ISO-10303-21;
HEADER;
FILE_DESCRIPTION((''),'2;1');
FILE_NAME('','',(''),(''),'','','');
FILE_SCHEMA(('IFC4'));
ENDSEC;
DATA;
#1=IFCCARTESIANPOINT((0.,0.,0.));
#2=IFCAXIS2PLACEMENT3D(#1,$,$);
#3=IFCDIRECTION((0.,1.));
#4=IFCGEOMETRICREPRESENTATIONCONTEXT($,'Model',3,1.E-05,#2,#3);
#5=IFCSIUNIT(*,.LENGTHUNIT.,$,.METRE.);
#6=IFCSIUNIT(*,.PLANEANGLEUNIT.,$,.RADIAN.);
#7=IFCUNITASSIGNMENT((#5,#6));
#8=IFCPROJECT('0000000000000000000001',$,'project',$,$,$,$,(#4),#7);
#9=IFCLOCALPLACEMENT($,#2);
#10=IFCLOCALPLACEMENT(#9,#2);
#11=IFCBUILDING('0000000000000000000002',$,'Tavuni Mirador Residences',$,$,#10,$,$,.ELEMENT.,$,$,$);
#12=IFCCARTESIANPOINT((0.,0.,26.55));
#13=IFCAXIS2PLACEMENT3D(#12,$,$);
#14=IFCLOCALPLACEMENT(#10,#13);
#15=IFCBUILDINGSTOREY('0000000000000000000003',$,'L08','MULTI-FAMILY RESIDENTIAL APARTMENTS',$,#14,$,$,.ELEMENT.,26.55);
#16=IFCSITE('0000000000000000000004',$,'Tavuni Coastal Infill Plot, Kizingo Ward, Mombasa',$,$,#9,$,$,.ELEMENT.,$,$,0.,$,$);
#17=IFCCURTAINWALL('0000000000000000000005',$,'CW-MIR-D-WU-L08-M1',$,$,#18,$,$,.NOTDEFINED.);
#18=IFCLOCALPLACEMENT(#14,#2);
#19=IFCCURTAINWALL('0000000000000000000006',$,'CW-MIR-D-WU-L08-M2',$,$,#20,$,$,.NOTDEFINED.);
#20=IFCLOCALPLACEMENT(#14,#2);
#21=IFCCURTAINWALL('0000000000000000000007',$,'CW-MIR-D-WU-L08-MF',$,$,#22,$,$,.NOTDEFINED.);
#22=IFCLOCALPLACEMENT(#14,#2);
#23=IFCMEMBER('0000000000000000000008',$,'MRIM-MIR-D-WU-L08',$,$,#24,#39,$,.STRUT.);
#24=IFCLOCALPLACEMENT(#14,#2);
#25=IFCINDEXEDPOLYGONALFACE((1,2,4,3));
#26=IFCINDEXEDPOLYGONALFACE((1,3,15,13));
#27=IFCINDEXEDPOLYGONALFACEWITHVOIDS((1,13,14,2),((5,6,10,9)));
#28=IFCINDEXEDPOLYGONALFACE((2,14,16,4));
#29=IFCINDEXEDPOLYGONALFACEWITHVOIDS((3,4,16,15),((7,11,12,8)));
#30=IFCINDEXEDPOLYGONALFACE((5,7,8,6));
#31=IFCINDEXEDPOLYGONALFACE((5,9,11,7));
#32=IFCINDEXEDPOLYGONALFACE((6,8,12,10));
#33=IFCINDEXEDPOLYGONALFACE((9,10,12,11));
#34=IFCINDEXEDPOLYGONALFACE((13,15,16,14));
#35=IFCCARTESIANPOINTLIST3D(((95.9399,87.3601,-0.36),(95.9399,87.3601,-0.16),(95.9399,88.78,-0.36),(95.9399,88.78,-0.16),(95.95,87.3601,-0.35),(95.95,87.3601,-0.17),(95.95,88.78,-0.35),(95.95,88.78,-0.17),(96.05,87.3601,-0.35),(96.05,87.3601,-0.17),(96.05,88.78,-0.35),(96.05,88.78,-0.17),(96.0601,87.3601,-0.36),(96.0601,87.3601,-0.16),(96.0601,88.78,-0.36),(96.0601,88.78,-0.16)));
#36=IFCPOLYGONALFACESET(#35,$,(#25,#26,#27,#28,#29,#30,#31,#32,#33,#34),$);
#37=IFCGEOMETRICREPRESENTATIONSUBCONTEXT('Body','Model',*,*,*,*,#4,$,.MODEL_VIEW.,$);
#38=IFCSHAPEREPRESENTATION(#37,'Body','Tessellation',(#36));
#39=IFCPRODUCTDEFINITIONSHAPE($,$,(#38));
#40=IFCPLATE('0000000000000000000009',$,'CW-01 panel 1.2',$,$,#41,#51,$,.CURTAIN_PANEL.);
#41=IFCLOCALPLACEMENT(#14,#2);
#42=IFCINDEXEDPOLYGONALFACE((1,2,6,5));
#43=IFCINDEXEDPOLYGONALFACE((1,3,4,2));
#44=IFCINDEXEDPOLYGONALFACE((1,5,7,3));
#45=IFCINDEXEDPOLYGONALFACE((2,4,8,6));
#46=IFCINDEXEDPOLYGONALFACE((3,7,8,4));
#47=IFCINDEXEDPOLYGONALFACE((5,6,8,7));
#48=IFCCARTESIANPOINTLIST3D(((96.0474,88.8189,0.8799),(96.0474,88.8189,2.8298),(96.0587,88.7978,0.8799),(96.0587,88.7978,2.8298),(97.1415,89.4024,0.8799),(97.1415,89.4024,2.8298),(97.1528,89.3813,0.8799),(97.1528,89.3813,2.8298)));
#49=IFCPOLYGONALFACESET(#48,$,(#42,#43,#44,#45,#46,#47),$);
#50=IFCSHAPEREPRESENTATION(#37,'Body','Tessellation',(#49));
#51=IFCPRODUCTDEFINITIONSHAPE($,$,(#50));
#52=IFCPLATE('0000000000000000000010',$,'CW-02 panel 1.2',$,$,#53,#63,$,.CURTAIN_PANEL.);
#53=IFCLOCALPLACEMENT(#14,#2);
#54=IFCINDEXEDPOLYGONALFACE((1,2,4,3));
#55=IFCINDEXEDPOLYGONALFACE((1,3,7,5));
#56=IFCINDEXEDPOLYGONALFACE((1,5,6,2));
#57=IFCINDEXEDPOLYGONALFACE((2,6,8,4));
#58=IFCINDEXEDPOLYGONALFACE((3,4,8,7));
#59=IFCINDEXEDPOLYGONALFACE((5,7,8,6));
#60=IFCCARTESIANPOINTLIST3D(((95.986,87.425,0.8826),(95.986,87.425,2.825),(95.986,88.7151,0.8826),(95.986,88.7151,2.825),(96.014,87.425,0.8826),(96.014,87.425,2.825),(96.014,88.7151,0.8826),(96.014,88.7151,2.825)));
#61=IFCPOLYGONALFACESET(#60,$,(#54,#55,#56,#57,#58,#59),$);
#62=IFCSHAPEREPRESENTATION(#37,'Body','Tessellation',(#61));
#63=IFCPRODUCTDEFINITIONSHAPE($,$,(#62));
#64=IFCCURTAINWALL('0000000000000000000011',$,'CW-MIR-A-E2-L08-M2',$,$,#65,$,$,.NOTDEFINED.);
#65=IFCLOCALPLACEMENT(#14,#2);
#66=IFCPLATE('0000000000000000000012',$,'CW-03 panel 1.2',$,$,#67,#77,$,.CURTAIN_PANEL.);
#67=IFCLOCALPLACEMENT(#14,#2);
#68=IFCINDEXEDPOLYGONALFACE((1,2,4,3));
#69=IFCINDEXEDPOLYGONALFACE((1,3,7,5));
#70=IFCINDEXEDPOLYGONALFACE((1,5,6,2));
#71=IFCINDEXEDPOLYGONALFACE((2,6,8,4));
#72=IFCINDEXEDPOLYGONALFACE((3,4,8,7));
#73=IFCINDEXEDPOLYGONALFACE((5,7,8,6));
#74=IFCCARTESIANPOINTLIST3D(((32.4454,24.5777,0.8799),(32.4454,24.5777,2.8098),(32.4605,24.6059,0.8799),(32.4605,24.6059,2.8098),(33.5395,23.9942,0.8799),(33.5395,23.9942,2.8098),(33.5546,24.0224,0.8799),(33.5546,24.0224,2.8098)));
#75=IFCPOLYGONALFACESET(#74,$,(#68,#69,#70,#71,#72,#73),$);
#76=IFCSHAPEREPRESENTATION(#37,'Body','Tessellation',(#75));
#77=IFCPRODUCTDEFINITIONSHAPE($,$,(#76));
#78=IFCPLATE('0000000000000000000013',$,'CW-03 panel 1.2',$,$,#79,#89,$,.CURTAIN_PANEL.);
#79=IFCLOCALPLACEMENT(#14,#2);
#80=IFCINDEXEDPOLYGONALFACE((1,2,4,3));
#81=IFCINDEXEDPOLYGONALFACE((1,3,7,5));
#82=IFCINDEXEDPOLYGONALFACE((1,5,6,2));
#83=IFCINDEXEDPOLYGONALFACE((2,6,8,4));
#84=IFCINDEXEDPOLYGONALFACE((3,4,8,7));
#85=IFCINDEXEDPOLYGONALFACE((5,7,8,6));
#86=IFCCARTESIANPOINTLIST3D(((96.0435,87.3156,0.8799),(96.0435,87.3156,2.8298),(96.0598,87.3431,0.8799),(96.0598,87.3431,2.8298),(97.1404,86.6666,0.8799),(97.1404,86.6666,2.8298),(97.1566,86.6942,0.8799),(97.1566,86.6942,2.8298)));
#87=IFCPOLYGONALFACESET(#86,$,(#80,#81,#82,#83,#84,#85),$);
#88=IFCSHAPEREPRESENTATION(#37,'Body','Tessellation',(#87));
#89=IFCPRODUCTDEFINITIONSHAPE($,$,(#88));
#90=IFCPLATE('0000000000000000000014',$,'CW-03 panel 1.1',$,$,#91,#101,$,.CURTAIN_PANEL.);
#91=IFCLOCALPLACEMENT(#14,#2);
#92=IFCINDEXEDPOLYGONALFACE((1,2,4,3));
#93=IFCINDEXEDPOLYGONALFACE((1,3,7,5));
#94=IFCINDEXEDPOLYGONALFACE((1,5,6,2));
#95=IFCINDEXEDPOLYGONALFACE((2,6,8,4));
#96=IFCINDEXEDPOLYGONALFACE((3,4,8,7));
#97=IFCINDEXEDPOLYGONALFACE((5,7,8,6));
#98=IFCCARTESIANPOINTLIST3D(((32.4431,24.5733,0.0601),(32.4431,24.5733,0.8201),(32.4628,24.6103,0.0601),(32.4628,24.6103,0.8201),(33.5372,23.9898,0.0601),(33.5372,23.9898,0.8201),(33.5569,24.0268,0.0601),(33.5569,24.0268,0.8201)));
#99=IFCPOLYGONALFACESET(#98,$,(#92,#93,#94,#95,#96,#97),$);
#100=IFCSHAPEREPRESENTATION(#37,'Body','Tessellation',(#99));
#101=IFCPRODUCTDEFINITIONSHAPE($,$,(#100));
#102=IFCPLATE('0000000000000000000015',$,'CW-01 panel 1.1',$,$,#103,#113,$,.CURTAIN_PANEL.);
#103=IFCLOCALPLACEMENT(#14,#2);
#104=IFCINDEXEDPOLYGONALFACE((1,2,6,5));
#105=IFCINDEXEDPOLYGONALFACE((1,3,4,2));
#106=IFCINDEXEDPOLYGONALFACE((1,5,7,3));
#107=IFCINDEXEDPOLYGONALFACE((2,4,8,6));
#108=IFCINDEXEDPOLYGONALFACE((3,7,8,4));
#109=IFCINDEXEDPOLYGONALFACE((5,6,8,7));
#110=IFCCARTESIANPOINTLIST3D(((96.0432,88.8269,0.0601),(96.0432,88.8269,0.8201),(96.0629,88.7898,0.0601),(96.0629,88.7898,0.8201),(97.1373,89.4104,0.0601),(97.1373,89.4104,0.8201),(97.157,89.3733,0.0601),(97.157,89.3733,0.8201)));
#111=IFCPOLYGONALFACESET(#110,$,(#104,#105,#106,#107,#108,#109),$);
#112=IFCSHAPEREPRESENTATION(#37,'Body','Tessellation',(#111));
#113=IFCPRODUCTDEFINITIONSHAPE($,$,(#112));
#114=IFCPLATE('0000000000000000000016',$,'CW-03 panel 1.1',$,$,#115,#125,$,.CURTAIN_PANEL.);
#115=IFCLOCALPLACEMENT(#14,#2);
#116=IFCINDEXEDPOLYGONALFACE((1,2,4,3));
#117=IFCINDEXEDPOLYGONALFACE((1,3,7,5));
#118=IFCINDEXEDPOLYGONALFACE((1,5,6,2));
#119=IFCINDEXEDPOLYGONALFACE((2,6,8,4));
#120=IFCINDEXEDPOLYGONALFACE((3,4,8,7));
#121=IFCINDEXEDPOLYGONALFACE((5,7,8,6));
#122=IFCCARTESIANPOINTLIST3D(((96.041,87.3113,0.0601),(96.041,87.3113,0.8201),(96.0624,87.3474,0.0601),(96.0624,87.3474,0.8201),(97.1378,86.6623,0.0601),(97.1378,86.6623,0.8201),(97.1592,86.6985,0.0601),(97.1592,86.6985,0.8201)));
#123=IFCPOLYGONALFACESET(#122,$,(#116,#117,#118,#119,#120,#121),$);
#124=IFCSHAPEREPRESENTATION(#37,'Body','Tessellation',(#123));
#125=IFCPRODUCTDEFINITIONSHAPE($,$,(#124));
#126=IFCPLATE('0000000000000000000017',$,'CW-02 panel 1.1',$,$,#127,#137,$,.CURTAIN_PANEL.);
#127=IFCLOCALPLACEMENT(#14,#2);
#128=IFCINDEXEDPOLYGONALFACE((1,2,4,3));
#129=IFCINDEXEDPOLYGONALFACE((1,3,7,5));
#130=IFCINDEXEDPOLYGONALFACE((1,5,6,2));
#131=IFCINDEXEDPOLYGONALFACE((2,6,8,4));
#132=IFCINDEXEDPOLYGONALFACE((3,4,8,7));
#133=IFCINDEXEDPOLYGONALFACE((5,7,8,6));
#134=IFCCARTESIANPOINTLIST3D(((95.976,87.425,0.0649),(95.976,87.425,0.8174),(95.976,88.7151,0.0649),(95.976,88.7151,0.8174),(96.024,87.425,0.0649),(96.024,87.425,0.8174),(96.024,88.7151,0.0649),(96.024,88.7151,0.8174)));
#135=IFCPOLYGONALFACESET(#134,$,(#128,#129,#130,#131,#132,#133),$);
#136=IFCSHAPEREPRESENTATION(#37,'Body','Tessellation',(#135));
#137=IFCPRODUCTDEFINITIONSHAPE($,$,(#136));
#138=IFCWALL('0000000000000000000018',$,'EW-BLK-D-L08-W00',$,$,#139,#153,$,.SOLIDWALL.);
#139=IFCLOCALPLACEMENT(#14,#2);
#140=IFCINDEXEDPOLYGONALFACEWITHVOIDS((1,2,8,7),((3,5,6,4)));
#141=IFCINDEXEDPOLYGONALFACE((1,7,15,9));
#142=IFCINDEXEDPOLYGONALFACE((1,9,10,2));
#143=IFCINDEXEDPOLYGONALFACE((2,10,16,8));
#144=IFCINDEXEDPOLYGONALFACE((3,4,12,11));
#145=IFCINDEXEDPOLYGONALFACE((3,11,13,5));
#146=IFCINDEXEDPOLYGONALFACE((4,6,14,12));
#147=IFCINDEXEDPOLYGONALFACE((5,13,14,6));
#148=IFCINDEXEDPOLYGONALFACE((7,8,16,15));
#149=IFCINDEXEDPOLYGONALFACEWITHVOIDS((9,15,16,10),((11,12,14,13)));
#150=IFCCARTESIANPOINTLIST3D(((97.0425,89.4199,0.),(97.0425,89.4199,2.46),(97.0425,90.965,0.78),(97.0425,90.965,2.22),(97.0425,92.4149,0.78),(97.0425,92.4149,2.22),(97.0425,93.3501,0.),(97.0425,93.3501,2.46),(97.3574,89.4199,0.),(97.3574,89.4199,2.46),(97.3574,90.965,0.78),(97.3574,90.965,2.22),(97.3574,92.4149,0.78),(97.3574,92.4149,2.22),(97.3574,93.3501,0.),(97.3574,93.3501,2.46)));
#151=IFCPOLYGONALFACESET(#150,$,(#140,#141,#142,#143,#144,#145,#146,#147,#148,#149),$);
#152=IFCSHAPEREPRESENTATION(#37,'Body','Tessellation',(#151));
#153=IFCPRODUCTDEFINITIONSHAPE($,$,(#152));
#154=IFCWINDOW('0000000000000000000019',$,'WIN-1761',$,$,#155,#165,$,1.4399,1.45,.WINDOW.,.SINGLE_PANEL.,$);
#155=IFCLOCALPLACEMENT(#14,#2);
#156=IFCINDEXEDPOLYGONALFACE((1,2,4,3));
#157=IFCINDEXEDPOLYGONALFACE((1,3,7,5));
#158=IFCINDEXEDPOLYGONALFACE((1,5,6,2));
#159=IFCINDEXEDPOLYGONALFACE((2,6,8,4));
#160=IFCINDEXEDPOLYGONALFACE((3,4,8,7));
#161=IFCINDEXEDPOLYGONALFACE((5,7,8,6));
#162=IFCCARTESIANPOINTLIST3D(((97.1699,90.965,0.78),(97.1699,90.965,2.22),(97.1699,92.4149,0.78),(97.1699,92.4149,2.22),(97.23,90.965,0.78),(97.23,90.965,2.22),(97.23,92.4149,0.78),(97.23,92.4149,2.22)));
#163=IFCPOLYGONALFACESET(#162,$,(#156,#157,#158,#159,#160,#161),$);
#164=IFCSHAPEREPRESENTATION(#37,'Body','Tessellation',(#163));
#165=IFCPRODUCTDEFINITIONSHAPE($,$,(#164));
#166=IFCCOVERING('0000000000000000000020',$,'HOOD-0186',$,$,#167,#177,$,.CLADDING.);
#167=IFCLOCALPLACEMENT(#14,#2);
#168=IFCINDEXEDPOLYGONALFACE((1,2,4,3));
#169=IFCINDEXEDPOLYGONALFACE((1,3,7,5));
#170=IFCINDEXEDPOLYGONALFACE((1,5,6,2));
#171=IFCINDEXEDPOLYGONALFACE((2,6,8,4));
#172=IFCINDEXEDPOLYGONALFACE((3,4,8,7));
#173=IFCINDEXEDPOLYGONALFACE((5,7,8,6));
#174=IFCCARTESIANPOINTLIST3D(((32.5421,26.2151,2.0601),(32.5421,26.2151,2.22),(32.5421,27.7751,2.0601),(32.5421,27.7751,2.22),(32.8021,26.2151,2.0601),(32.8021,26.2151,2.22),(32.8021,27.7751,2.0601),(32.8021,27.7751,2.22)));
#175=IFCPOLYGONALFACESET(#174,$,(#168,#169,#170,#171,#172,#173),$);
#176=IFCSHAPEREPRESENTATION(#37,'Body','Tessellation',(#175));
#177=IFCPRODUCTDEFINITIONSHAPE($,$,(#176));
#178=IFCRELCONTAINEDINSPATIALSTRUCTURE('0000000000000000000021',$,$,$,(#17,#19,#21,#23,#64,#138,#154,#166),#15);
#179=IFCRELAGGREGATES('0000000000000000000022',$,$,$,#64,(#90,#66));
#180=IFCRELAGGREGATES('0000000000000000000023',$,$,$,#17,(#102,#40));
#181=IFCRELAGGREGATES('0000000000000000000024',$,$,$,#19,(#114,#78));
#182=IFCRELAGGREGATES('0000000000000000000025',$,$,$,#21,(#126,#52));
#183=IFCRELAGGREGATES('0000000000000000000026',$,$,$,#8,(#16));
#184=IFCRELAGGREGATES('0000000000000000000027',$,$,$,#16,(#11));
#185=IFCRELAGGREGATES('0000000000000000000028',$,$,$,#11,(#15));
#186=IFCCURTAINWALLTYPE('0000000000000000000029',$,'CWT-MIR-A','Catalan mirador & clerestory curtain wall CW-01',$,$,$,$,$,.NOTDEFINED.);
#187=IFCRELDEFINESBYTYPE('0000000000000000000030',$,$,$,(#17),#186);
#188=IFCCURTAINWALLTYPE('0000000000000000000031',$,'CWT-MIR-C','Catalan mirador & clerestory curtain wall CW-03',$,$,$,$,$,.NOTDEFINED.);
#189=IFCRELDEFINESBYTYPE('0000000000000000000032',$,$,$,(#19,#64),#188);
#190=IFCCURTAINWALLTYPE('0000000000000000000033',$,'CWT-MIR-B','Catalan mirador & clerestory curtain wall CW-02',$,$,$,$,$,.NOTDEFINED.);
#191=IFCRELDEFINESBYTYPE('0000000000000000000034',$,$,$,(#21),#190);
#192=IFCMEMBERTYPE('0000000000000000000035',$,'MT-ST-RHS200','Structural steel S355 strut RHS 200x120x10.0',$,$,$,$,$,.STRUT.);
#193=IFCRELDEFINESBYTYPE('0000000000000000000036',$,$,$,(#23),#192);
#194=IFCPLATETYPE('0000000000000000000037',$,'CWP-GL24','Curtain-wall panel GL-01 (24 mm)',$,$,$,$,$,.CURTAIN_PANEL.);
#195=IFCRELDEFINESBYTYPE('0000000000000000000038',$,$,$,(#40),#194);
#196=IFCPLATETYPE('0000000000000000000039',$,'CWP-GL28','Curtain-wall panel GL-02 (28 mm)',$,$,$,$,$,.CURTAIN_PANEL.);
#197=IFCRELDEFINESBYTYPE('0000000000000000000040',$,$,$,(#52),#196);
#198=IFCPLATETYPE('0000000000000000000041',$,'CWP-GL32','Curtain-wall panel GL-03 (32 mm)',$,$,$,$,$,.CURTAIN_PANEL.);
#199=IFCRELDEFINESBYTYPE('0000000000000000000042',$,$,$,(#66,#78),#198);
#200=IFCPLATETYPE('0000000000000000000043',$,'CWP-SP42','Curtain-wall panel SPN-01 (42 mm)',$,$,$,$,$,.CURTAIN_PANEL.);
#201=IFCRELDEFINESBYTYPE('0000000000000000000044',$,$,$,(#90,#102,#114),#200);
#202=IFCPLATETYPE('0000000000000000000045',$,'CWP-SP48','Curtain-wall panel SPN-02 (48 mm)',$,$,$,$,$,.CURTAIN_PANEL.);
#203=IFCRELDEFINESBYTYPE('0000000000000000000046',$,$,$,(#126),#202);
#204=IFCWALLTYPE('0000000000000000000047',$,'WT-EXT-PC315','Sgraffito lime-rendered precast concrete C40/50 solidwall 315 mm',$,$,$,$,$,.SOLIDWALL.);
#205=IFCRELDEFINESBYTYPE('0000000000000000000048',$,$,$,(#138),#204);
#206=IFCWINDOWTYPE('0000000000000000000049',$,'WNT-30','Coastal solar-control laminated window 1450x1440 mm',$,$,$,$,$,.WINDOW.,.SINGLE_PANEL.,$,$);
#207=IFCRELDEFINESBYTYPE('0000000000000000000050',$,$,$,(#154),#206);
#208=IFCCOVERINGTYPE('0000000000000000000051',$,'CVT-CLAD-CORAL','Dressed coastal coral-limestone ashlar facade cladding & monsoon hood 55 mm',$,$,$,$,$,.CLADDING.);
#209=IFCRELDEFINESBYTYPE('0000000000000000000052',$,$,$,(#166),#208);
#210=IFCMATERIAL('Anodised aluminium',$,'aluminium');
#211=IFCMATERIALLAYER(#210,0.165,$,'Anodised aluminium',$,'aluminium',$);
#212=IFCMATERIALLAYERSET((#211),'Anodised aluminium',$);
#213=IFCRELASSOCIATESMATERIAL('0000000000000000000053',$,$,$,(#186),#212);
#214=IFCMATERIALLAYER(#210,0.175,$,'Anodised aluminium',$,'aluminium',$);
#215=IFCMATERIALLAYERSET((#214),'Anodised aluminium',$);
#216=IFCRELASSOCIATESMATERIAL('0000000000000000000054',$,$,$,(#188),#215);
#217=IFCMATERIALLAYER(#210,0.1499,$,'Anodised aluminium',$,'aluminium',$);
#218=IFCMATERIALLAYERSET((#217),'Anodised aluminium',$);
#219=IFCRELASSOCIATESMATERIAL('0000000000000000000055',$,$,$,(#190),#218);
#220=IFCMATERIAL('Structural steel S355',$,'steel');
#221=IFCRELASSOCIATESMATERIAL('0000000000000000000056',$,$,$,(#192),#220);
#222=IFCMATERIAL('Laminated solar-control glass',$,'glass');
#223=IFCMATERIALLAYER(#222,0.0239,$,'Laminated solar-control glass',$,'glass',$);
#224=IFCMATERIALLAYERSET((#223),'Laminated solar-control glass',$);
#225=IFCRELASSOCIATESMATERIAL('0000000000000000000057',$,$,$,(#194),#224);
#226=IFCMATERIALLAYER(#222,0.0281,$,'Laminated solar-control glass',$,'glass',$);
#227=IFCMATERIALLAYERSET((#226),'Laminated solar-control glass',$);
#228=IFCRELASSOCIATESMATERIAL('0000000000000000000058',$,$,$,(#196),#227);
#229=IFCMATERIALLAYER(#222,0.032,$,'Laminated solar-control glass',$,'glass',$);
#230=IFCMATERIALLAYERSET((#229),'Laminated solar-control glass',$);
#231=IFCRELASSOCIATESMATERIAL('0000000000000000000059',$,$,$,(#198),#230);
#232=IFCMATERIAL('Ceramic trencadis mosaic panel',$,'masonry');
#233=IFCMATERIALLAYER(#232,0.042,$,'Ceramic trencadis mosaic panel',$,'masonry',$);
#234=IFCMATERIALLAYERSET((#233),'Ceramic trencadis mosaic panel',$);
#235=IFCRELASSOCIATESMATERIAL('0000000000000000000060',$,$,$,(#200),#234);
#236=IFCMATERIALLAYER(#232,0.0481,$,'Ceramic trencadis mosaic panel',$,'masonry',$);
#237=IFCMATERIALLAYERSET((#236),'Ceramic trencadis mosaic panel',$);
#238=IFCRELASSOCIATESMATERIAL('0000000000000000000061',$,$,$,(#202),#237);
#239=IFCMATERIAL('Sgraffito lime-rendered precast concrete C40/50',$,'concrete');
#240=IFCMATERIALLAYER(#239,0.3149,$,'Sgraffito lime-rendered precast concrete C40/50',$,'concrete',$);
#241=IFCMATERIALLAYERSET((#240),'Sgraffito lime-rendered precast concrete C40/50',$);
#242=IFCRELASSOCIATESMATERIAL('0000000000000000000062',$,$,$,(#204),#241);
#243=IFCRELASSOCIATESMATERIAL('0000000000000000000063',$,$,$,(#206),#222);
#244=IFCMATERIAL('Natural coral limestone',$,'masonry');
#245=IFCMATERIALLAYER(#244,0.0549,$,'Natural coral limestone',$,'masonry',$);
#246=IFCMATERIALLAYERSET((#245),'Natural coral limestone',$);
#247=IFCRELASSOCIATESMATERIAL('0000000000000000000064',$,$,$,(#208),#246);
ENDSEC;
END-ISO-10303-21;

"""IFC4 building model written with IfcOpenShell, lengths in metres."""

from ifc_helpers import new_model, si_unit, direction, frame, frame_2d, origin, origin_2d, place, context, subcontext, project, spatial, rectangle, hollow_rectangle, extrude, material, layer, layer_set, material_profile, profile_set, type_object, element, fill, aggregate, save


model = new_model("IFC4")

# Units and contexts
model_context = context("Model", 3, precision=1e-05, world=origin(), true_north=direction((0.0, 1.0)))
body_context = subcontext(model_context, "Body", "Model", "MODEL_VIEW")
ifc_project = project(units=[si_unit("LENGTHUNIT", "METRE"), si_unit("PLANEANGLEUNIT", "RADIAN")], contexts=[model_context])

# Site, building, storey
site_placement = place(None, origin())
site = spatial("IfcSite", under=ifc_project, at=site_placement, Name="Tavuni Coastal Infill Plot, Kizingo Ward, Mombasa", CompositionType="ELEMENT", RefElevation=0.0)
building_placement = place(site_placement, origin())
building = spatial("IfcBuilding", under=site, at=building_placement, Name="Tavuni Mirador Residences", CompositionType="ELEMENT")
storey_placement = place(building_placement, frame((0.0, 0.0, 26.55)))
storey = spatial("IfcBuildingStorey", under=building, at=storey_placement, Name="L08", Description="MULTI-FAMILY RESIDENTIAL APARTMENTS", CompositionType="ELEMENT", Elevation=26.55)

# Curtain walls
ifc_material_1 = material(Name="Anodised aluminium", Category="aluminium")
ifc_layer_1 = layer(ifc_material_1, 0.165, Name="Anodised aluminium", Category="aluminium")
ifc_layer_set_1 = layer_set([ifc_layer_1], Name="Anodised aluminium")
curtain_wall_type_1 = type_object("IfcCurtainWallType", Name="CWT-MIR-A", Description="Catalan mirador & clerestory curtain wall CW-01", PredefinedType="NOTDEFINED", material=ifc_layer_set_1)
curtain_wall_1_placement = place(storey_placement, origin())
curtain_wall_1 = element("IfcCurtainWall", 1, at=curtain_wall_1_placement, inside=storey, type_object=curtain_wall_type_1, Name="CW-MIR-D-WU-L08-M1", PredefinedType="NOTDEFINED")
ifc_layer_2 = layer(ifc_material_1, 0.175, Name="Anodised aluminium", Category="aluminium")
ifc_layer_set_2 = layer_set([ifc_layer_2], Name="Anodised aluminium")
curtain_wall_type_2 = type_object("IfcCurtainWallType", Name="CWT-MIR-C", Description="Catalan mirador & clerestory curtain wall CW-03", PredefinedType="NOTDEFINED", material=ifc_layer_set_2)
curtain_wall_2_placement = place(storey_placement, origin())
curtain_wall_2 = element("IfcCurtainWall", 2, at=curtain_wall_2_placement, inside=storey, type_object=curtain_wall_type_2, Name="CW-MIR-D-WU-L08-M2", PredefinedType="NOTDEFINED")
ifc_layer_3 = layer(ifc_material_1, 0.1499, Name="Anodised aluminium", Category="aluminium")
ifc_layer_set_3 = layer_set([ifc_layer_3], Name="Anodised aluminium")
curtain_wall_type_3 = type_object("IfcCurtainWallType", Name="CWT-MIR-B", Description="Catalan mirador & clerestory curtain wall CW-02", PredefinedType="NOTDEFINED", material=ifc_layer_set_3)
curtain_wall_3_placement = place(storey_placement, origin())
curtain_wall_3 = element("IfcCurtainWall", 3, at=curtain_wall_3_placement, inside=storey, type_object=curtain_wall_type_3, Name="CW-MIR-D-WU-L08-MF", PredefinedType="NOTDEFINED")

# Member
ifc_material_2 = material(Name="Structural steel S355", Category="steel")
ifc_material_profile_1 = material_profile(ifc_material_2, hollow_rectangle(XDim=0.1201, YDim=0.2, WallThickness=0.01, at=origin_2d()), Name="RHS 200x120x10.0", Category="steel")
ifc_profile_set_1 = profile_set([ifc_material_profile_1], Name="Structural steel S355")
member_type_1 = type_object("IfcMemberType", Name="MT-ST-RHS200", Description="Structural steel S355 strut RHS 200x120x10.0", PredefinedType="STRUT", material=ifc_profile_set_1)
member_1_placement = place(storey_placement, frame((96.0, 87.3601, -0.26), z_axis=(0.0, 1.0, 0.0), x_axis=(-1.0, 0.0, 0.0)))
element("IfcMember", 4, at=member_1_placement, inside=storey, type_object=member_type_1, Name="MRIM-MIR-D-WU-L08", PredefinedType="STRUT", context=body_context, shape_type="SweptSolid", body=[
    extrude(hollow_rectangle(XDim=0.1201, YDim=0.2, WallThickness=0.01, at=origin_2d()), origin(), (0.0, 0.0, 1.0), 1.4199),
])

# Plates
ifc_material_3 = material(Name="Laminated solar-control glass", Category="glass")
ifc_layer_4 = layer(ifc_material_3, 0.0239, Name="Laminated solar-control glass", Category="glass")
ifc_layer_set_4 = layer_set([ifc_layer_4], Name="Laminated solar-control glass")
plate_type_1 = type_object("IfcPlateType", Name="CWP-GL24", Description="Curtain-wall panel GL-01 (24 mm)", PredefinedType="CURTAIN_PANEL", material=ifc_layer_set_4)
plate_1_placement = place(storey_placement, frame((96.6001, 89.1001, 0.8799), z_axis=(0.0, 0.0, 1.0), x_axis=(-0.882353, -0.470588, 0.0)))
plate_1 = element("IfcPlate", 5, at=plate_1_placement, type_object=plate_type_1, Name="CW-01 panel 1.2", PredefinedType="CURTAIN_PANEL", context=body_context, shape_type="SweptSolid", body=[
    extrude(rectangle(XDim=1.24, YDim=0.0239, at=origin_2d()), origin(), (0.0, 0.0, 1.0), 1.95),
])
ifc_layer_5 = layer(ifc_material_3, 0.0281, Name="Laminated solar-control glass", Category="glass")
ifc_layer_set_5 = layer_set([ifc_layer_5], Name="Laminated solar-control glass")
plate_type_2 = type_object("IfcPlateType", Name="CWP-GL28", Description="Curtain-wall panel GL-02 (28 mm)", PredefinedType="CURTAIN_PANEL", material=ifc_layer_set_5)
plate_2_placement = place(storey_placement, frame((96.0, 88.0701, 0.8826), z_axis=(0.0, 0.0, 1.0), x_axis=(0.0, -1.0, 0.0)))
plate_2 = element("IfcPlate", 6, at=plate_2_placement, type_object=plate_type_2, Name="CW-02 panel 1.2", PredefinedType="CURTAIN_PANEL", context=body_context, shape_type="SweptSolid", body=[
    extrude(rectangle(XDim=1.29, YDim=0.0281, at=origin_2d()), origin(), (0.0, 0.0, 1.0), 1.9424),
])

# Curtain wall, plate
curtain_wall_4_placement = place(storey_placement, origin())
curtain_wall_4 = element("IfcCurtainWall", 7, at=curtain_wall_4_placement, inside=storey, type_object=curtain_wall_type_2, Name="CW-MIR-A-E2-L08-M2", PredefinedType="NOTDEFINED")
ifc_layer_6 = layer(ifc_material_3, 0.032, Name="Laminated solar-control glass", Category="glass")
ifc_layer_set_6 = layer_set([ifc_layer_6], Name="Laminated solar-control glass")
plate_type_3 = type_object("IfcPlateType", Name="CWP-GL32", Description="Curtain-wall panel GL-03 (32 mm)", PredefinedType="CURTAIN_PANEL", material=ifc_layer_set_6)
plate_3_placement = place(storey_placement, frame((33.0, 24.3, 0.8799), z_axis=(0.0, 0.0, 1.0), x_axis=(-0.882353, 0.470588, 0.0)))
plate_3 = element("IfcPlate", 8, at=plate_3_placement, type_object=plate_type_3, Name="CW-03 panel 1.2", PredefinedType="CURTAIN_PANEL", context=body_context, shape_type="SweptSolid", body=[
    extrude(rectangle(XDim=1.24, YDim=0.032, at=origin_2d()), origin(), (0.0, 0.0, 1.0), 1.9299),
])

# Plates
plate_4_placement = place(storey_placement, frame((96.6001, 87.0049, 0.8799), z_axis=(0.0, 0.0, 1.0), x_axis=(0.860641, -0.509212, 0.0)))
plate_4 = element("IfcPlate", 9, at=plate_4_placement, type_object=plate_type_3, Name="CW-03 panel 1.2", PredefinedType="CURTAIN_PANEL", context=body_context, shape_type="SweptSolid", body=[
    extrude(rectangle(XDim=1.2744, YDim=0.032, at=origin_2d()), origin(), (0.0, 0.0, 1.0), 1.95),
])
ifc_material_4 = material(Name="Ceramic trencadis mosaic panel", Category="masonry")
ifc_layer_7 = layer(ifc_material_4, 0.042, Name="Ceramic trencadis mosaic panel", Category="masonry")
ifc_layer_set_7 = layer_set([ifc_layer_7], Name="Ceramic trencadis mosaic panel")
plate_type_4 = type_object("IfcPlateType", Name="CWP-SP42", Description="Curtain-wall panel SPN-01 (42 mm)", PredefinedType="CURTAIN_PANEL", material=ifc_layer_set_7)
plate_5_placement = place(storey_placement, frame((33.0, 24.3, 0.0601), z_axis=(0.0, 0.0, 1.0), x_axis=(-0.882353, 0.470588, 0.0)))
plate_5 = element("IfcPlate", 10, at=plate_5_placement, type_object=plate_type_4, Name="CW-03 panel 1.1", PredefinedType="CURTAIN_PANEL", context=body_context, shape_type="SweptSolid", body=[
    extrude(rectangle(XDim=1.24, YDim=0.042, at=origin_2d()), origin(), (0.0, 0.0, 1.0), 0.76),
])
aggregate(curtain_wall_4, [plate_5, plate_3])
plate_6_placement = place(storey_placement, frame((96.6001, 89.1001, 0.0601), z_axis=(0.0, 0.0, 1.0), x_axis=(-0.882353, -0.470588, 0.0)))
plate_6 = element("IfcPlate", 11, at=plate_6_placement, type_object=plate_type_4, Name="CW-01 panel 1.1", PredefinedType="CURTAIN_PANEL", context=body_context, shape_type="SweptSolid", body=[
    extrude(rectangle(XDim=1.24, YDim=0.042, at=origin_2d()), origin(), (0.0, 0.0, 1.0), 0.76),
])
aggregate(curtain_wall_1, [plate_6, plate_1])
plate_7_placement = place(storey_placement, frame((96.6001, 87.0049, 0.0601), z_axis=(0.0, 0.0, 1.0), x_axis=(0.860641, -0.509212, 0.0)))
plate_7 = element("IfcPlate", 12, at=plate_7_placement, type_object=plate_type_4, Name="CW-03 panel 1.1", PredefinedType="CURTAIN_PANEL", context=body_context, shape_type="SweptSolid", body=[
    extrude(rectangle(XDim=1.2744, YDim=0.042, at=origin_2d()), origin(), (0.0, 0.0, 1.0), 0.76),
])
aggregate(curtain_wall_2, [plate_7, plate_4])
ifc_layer_8 = layer(ifc_material_4, 0.0481, Name="Ceramic trencadis mosaic panel", Category="masonry")
ifc_layer_set_8 = layer_set([ifc_layer_8], Name="Ceramic trencadis mosaic panel")
plate_type_5 = type_object("IfcPlateType", Name="CWP-SP48", Description="Curtain-wall panel SPN-02 (48 mm)", PredefinedType="CURTAIN_PANEL", material=ifc_layer_set_8)
plate_8_placement = place(storey_placement, frame((96.0, 88.0701, 0.0649), z_axis=(0.0, 0.0, 1.0), x_axis=(0.0, -1.0, 0.0)))
plate_8 = element("IfcPlate", 13, at=plate_8_placement, type_object=plate_type_5, Name="CW-02 panel 1.1", PredefinedType="CURTAIN_PANEL", context=body_context, shape_type="SweptSolid", body=[
    extrude(rectangle(XDim=1.29, YDim=0.0481, at=origin_2d()), origin(), (0.0, 0.0, 1.0), 0.7524),
])
aggregate(curtain_wall_3, [plate_8, plate_2])

# Wall, opening, window
ifc_material_5 = material(Name="Sgraffito lime-rendered precast concrete C40/50", Category="concrete")
ifc_layer_9 = layer(ifc_material_5, 0.3149, Name="Sgraffito lime-rendered precast concrete C40/50", Category="concrete")
ifc_layer_set_9 = layer_set([ifc_layer_9], Name="Sgraffito lime-rendered precast concrete C40/50")
wall_type = type_object("IfcWallType", Name="WT-EXT-PC315", Description="Sgraffito lime-rendered precast concrete C40/50 solidwall 315 mm", PredefinedType="SOLIDWALL", material=ifc_layer_set_9)
wall_placement = place(storey_placement, frame((97.2, 93.3501, 0.0), z_axis=(0.0, 0.0, 1.0), x_axis=(0.0, -1.0, 0.0)))
wall = element("IfcWall", 14, at=wall_placement, inside=storey, type_object=wall_type, Name="EW-BLK-D-L08-W00", PredefinedType="SOLIDWALL", context=body_context, shape_type="SweptSolid", body=[
    extrude(rectangle(XDim=3.9302, YDim=0.3149, at=frame_2d((1.9651, 0.0))), origin(), (0.0, 0.0, 1.0), 2.46),
])
opening_placement = place(wall_placement, frame((0.9351, 0.0, 0.78)))
opening = element("IfcOpeningElement", 15, at=opening_placement, cuts=wall, PredefinedType="OPENING", context=body_context, shape_type="SweptSolid", body=[
    extrude(rectangle(XDim=1.45, YDim=1.4399, at=frame_2d((0.7251, 0.72))), frame((0.0, 0.1675, 0.0), z_axis=(0.0, -1.0, 0.0), x_axis=(1.0, 0.0, 0.0)), (0.0, 0.0, 1.0), 0.335),
])
window_type = type_object("IfcWindowType", Name="WNT-30", Description="Coastal solar-control laminated window 1450x1440 mm", PartitioningType="SINGLE_PANEL", PredefinedType="WINDOW", material=ifc_material_3)
window_placement = place(opening_placement, origin())
window = element("IfcWindow", 16, at=window_placement, inside=storey, type_object=window_type, Name="WIN-1761", OverallHeight=1.4399, OverallWidth=1.45, PartitioningType="SINGLE_PANEL", PredefinedType="WINDOW", context=body_context, shape_type="SweptSolid", body=[
    extrude(rectangle(XDim=1.45, YDim=1.4399, at=frame_2d((0.7251, 0.72))), frame((0.0, 0.03, 0.0), z_axis=(0.0, -1.0, 0.0), x_axis=(1.0, 0.0, 0.0)), (0.0, 0.0, 1.0), 0.0601),
])
fill(opening, window)

# Covering
ifc_material_6 = material(Name="Natural coral limestone", Category="masonry")
ifc_layer_10 = layer(ifc_material_6, 0.0549, Name="Natural coral limestone", Category="masonry")
ifc_layer_set_10 = layer_set([ifc_layer_10], Name="Natural coral limestone")
covering_type = type_object("IfcCoveringType", Name="CVT-CLAD-CORAL", Description="Dressed coastal coral-limestone ashlar facade cladding & monsoon hood 55 mm", PredefinedType="CLADDING", material=ifc_layer_set_10)
covering_1_placement = place(storey_placement, frame((32.6721, 26.9951, 2.0601), z_axis=(0.0, 0.0, 1.0), x_axis=(0.0, 1.0, 0.0)))
element("IfcCovering", 17, at=covering_1_placement, inside=storey, type_object=covering_type, Name="HOOD-0186", PredefinedType="CLADDING", context=body_context, shape_type="SweptSolid", body=[
    extrude(rectangle(XDim=1.5601, YDim=0.26, at=origin_2d()), origin(), (0.0, 0.0, 1.0), 0.1599),
])

save(model, "model.ifc")
